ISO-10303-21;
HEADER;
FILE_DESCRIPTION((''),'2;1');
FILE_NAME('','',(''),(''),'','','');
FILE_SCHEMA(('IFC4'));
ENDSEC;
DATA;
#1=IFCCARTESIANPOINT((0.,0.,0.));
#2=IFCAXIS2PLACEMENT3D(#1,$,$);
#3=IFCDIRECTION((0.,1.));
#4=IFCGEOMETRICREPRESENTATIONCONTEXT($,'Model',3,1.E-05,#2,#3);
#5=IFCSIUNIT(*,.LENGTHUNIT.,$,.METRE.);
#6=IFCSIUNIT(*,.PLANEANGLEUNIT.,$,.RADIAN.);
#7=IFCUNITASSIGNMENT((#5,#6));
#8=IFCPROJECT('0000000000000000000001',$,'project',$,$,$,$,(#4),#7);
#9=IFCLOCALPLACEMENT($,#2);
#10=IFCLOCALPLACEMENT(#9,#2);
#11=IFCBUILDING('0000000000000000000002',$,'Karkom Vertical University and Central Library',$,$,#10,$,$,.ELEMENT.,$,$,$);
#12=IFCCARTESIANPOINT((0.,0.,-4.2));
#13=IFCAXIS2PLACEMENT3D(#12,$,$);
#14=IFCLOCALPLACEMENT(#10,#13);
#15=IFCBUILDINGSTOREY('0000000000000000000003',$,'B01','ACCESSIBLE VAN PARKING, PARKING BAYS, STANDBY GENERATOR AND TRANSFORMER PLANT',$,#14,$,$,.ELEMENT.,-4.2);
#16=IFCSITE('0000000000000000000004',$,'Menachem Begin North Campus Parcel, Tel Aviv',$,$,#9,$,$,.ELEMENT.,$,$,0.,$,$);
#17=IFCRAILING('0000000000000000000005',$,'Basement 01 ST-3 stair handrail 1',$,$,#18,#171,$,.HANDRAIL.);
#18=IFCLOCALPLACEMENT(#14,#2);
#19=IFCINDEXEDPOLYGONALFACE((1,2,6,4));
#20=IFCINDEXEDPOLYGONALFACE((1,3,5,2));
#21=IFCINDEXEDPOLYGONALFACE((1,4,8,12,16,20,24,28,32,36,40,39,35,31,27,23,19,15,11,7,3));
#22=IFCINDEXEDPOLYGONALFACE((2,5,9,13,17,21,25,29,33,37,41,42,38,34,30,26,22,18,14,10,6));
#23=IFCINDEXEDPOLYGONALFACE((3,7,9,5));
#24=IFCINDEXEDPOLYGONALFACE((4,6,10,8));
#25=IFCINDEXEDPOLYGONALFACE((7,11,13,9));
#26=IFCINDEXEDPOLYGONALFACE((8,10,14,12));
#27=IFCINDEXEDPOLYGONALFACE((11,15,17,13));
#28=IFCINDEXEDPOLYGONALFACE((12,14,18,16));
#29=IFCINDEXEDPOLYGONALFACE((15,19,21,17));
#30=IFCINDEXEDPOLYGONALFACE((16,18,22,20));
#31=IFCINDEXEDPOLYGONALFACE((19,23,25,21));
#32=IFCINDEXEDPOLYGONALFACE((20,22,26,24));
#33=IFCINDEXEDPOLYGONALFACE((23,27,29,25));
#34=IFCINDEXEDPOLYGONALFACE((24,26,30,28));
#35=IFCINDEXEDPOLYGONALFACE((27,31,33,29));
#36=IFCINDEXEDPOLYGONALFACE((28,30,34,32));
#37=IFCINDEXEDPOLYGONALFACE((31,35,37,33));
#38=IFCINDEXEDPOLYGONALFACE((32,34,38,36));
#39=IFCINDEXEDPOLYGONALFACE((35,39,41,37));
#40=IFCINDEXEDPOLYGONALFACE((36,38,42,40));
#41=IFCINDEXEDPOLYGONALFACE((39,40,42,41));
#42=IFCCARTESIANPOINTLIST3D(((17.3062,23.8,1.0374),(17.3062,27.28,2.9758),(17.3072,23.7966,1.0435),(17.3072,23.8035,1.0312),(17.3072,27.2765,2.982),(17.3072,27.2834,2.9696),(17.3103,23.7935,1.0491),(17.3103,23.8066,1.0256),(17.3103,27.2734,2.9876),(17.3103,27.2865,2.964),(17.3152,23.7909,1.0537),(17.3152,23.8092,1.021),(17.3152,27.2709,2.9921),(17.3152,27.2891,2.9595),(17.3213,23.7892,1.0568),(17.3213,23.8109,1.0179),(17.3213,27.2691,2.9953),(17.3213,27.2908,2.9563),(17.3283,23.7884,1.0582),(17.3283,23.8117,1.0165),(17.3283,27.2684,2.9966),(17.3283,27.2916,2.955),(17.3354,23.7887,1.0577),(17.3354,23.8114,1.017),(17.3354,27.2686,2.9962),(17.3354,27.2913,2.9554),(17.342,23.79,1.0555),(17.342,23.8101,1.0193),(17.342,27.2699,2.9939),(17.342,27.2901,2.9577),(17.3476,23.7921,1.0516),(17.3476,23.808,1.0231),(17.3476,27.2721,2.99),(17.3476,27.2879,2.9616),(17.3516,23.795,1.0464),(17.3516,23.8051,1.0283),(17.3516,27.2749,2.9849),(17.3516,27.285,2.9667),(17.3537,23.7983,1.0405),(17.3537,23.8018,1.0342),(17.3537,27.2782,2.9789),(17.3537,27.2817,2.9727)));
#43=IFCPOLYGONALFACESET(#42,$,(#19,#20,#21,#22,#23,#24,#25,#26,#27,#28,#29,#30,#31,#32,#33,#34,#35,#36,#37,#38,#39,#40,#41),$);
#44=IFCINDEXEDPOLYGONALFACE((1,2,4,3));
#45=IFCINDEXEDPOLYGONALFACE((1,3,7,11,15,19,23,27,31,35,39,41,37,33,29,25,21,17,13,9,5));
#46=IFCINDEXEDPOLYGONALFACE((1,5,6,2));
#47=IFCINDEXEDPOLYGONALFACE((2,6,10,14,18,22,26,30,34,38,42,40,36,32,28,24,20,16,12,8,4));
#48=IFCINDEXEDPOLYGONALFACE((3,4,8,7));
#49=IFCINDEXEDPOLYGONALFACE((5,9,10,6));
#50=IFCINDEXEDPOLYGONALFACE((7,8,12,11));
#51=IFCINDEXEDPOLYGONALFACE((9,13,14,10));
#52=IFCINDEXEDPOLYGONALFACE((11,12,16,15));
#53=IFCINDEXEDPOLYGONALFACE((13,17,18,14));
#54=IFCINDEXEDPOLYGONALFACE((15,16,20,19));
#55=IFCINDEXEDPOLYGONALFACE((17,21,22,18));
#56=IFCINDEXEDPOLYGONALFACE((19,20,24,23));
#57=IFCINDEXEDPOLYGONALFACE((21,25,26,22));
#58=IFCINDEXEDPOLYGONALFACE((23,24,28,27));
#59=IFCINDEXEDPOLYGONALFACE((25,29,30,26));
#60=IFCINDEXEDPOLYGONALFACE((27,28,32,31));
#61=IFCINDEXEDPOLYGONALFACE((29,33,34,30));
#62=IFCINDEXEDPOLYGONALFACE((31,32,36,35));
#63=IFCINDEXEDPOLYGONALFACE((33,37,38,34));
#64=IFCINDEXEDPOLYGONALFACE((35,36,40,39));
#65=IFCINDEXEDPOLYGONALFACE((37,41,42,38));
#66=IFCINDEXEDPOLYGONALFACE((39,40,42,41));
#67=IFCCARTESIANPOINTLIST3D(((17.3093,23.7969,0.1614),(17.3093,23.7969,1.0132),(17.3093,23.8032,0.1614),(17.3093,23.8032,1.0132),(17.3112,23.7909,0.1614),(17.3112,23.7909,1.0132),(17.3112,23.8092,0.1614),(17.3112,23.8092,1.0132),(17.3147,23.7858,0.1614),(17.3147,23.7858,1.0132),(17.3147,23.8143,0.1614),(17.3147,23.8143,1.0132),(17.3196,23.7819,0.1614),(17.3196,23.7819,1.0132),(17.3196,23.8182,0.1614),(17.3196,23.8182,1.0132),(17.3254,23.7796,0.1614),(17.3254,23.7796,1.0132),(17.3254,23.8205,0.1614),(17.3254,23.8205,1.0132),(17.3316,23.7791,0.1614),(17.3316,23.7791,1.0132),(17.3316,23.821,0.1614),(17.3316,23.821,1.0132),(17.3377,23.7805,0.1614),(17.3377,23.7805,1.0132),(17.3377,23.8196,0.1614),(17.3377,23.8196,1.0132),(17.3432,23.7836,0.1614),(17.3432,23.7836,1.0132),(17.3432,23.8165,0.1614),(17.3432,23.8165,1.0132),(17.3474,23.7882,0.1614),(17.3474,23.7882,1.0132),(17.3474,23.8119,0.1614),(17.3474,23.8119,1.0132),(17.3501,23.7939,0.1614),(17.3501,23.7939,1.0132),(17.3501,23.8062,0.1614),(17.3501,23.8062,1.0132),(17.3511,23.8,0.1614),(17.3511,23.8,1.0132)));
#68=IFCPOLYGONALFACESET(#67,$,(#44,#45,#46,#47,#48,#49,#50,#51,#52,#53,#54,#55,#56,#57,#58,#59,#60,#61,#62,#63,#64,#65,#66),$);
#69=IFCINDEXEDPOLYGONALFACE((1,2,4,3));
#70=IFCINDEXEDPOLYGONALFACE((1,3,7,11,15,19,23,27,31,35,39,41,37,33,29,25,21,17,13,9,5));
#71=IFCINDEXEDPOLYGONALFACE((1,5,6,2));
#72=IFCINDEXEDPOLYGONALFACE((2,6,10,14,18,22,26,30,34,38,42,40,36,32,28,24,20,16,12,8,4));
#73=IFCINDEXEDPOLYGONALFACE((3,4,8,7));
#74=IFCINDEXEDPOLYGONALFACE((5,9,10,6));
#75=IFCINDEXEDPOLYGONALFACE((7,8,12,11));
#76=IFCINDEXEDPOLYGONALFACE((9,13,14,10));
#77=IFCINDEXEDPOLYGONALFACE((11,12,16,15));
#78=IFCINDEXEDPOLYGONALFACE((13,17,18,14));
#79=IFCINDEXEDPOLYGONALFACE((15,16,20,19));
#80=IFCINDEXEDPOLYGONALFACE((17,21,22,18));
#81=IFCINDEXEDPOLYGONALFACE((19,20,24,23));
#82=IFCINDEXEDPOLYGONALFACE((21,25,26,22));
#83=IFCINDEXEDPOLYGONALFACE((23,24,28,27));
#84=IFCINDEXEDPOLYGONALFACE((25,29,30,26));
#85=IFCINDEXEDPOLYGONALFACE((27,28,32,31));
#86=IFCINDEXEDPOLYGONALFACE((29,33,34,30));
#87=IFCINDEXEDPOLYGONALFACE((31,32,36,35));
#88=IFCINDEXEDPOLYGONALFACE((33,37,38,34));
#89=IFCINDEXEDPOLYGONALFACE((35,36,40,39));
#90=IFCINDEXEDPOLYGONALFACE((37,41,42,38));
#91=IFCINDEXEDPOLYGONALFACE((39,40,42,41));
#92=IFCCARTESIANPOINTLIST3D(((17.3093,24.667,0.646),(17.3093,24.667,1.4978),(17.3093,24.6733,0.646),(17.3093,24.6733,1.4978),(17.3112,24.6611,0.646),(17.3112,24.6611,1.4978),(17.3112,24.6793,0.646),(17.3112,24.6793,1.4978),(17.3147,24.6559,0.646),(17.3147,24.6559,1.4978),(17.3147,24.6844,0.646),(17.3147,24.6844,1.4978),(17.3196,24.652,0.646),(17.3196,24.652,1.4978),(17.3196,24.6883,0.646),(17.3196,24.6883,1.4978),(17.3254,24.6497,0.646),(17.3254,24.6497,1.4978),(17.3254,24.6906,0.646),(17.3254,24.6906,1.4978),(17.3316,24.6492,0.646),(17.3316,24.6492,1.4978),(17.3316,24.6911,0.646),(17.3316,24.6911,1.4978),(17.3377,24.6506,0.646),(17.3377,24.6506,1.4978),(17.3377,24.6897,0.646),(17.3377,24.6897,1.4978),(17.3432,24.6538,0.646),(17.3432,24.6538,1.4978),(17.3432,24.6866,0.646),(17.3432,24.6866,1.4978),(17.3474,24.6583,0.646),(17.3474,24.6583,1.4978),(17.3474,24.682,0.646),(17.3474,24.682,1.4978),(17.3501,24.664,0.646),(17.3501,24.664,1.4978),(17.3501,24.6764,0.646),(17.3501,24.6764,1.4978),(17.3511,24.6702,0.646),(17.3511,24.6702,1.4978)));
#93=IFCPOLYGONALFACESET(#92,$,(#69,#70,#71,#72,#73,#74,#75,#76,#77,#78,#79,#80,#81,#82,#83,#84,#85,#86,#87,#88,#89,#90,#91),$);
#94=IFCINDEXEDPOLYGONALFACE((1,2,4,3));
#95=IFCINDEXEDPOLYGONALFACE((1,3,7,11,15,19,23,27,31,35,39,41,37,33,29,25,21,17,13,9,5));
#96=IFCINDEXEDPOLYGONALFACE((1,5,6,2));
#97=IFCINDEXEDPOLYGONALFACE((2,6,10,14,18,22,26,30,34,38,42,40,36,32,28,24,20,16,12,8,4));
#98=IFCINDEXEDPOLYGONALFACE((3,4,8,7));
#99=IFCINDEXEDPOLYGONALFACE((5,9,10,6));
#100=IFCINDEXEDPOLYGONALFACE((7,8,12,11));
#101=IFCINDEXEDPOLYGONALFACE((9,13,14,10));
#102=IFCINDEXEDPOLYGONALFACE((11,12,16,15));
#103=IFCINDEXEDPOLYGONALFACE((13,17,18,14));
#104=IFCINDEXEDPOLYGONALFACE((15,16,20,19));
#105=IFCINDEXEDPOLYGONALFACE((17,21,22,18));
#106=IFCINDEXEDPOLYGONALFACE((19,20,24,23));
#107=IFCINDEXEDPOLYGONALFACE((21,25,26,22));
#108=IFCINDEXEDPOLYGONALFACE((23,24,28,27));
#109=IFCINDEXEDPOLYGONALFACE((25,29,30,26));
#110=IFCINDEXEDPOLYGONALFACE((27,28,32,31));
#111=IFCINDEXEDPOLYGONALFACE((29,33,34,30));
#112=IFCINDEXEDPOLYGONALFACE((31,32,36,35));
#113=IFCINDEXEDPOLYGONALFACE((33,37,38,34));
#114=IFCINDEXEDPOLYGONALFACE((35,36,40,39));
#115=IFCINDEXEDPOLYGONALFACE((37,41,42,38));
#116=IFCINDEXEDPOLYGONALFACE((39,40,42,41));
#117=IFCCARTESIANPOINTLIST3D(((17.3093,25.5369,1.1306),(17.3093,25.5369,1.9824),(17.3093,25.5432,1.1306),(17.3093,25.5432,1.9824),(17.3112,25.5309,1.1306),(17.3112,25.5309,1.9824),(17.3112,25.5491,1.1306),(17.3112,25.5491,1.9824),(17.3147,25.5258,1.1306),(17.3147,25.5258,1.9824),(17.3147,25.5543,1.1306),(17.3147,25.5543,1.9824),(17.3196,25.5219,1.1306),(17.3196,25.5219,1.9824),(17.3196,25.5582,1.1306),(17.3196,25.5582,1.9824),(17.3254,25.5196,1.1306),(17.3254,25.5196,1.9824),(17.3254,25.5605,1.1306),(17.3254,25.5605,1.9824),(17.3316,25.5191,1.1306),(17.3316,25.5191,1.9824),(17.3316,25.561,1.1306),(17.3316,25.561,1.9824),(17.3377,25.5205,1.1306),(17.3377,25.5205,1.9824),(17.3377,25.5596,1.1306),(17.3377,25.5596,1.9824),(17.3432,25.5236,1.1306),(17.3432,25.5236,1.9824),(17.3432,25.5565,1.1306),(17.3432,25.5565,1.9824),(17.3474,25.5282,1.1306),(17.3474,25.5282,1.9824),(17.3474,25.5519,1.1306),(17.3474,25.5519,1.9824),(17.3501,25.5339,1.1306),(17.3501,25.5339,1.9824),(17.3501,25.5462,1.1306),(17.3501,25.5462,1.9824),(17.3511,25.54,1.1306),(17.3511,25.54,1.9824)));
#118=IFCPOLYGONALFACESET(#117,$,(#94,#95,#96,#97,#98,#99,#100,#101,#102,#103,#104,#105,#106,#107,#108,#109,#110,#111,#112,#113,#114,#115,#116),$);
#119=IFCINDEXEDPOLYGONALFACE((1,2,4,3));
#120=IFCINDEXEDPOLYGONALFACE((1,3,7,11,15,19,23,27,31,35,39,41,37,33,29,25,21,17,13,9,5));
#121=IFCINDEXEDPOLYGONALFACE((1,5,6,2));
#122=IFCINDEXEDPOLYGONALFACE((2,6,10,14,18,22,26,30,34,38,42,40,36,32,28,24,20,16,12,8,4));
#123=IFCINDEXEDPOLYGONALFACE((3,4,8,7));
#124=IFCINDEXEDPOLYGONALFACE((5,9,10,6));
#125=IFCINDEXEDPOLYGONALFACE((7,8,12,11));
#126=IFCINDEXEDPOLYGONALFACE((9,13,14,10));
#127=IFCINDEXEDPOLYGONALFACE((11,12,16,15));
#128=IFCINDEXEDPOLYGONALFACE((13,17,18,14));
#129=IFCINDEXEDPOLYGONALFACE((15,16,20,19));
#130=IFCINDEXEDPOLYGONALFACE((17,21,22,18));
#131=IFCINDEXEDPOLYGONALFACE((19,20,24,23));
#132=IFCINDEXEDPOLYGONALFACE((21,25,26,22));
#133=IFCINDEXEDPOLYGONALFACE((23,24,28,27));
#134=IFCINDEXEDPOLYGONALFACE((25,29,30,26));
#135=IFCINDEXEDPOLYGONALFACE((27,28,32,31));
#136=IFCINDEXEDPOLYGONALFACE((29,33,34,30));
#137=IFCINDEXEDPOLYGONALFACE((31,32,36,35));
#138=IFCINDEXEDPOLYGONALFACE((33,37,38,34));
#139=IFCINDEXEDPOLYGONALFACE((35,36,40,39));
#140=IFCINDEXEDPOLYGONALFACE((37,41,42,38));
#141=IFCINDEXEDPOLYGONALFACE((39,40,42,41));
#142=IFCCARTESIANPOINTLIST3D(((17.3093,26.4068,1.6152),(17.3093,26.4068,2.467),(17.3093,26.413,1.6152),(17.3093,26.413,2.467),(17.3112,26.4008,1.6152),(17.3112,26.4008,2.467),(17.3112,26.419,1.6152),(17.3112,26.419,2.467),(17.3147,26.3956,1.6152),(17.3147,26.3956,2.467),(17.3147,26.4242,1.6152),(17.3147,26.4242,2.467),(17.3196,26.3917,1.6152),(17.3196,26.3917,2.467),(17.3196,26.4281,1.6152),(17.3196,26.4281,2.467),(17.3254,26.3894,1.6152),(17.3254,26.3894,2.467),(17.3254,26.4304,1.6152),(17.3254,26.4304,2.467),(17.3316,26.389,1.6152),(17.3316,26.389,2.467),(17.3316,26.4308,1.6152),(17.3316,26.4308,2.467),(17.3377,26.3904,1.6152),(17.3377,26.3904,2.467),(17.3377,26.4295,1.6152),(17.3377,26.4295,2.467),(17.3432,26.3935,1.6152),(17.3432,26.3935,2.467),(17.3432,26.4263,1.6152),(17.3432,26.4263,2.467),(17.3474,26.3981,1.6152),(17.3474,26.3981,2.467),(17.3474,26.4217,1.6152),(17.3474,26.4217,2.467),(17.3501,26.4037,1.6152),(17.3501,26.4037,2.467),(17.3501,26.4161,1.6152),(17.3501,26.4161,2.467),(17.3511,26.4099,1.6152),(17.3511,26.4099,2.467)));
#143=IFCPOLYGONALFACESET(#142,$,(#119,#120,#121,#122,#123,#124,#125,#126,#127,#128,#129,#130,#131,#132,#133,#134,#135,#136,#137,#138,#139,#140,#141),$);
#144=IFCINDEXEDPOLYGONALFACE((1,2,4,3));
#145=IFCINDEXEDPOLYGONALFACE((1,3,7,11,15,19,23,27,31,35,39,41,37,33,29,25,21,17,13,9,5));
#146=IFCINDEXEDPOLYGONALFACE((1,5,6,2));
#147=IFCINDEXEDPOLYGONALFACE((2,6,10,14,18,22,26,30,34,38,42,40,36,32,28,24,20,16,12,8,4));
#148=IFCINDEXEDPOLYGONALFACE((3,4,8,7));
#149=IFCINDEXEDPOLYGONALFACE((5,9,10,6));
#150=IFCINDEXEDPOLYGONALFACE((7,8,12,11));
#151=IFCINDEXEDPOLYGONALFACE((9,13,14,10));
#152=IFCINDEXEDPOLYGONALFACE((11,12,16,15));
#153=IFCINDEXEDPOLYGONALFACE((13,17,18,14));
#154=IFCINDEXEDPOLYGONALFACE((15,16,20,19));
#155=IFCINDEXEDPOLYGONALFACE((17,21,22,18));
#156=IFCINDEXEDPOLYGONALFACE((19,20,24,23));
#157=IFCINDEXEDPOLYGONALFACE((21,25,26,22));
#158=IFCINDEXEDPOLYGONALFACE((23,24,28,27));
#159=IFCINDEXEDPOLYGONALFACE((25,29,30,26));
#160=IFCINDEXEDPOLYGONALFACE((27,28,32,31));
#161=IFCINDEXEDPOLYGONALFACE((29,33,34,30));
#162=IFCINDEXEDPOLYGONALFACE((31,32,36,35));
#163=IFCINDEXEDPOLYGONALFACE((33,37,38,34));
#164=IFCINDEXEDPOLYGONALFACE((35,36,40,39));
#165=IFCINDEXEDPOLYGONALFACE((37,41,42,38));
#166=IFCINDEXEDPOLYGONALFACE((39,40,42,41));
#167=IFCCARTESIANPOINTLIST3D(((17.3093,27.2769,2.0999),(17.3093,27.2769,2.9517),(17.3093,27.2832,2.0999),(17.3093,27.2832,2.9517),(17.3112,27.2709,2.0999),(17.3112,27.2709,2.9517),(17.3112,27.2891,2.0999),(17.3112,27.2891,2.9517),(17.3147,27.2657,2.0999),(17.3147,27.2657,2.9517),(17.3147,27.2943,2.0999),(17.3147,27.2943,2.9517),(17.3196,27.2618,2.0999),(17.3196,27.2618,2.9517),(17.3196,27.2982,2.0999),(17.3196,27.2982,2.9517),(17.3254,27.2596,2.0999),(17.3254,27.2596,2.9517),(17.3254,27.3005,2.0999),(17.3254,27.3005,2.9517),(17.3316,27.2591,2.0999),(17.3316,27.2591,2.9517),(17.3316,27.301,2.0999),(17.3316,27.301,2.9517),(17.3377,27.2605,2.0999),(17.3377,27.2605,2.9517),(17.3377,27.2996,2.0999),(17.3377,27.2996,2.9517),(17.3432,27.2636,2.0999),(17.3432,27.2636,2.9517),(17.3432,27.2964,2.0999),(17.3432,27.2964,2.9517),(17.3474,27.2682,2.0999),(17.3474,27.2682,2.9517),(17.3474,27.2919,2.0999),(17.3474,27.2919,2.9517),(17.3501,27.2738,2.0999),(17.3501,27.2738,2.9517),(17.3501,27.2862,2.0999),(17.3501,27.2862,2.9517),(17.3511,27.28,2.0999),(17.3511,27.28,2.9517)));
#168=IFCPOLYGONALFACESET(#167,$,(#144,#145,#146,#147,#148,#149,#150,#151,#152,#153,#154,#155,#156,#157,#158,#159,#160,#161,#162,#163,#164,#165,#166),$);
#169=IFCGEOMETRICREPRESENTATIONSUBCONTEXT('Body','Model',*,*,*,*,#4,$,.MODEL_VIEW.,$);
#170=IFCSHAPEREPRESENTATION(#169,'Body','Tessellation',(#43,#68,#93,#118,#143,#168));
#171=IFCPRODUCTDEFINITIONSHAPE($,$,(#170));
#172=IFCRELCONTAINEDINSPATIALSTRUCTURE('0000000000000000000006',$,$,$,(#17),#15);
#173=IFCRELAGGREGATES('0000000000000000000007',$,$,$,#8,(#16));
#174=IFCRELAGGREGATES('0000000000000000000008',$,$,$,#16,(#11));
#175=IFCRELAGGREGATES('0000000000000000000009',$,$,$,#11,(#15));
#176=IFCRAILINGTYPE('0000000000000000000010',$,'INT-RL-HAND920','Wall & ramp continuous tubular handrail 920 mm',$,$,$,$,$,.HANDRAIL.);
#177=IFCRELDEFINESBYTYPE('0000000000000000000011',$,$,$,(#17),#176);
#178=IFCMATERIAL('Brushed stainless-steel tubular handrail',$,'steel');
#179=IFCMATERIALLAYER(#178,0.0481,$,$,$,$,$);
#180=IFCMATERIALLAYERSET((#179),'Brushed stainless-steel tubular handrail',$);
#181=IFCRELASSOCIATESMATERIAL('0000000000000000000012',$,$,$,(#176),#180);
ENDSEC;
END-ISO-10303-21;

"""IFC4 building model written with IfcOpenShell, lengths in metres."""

from ifc_helpers import new_model, si_unit, direction, frame, origin, origin_2d, place, context, subcontext, project, spatial, circle, extrude, material, layer, layer_set, type_object, element, save


model = new_model("IFC4")

# Units and contexts
model_context = context("Model", 3, precision=1e-05, world=origin(), true_north=direction((0.0, 1.0)))
body_context = subcontext(model_context, "Body", "Model", "MODEL_VIEW")
ifc_project = project(units=[si_unit("LENGTHUNIT", "METRE"), si_unit("PLANEANGLEUNIT", "RADIAN")], contexts=[model_context])

# Site, building, storey
site_placement = place(None, origin())
site = spatial("IfcSite", under=ifc_project, at=site_placement, Name="Menachem Begin North Campus Parcel, Tel Aviv", CompositionType="ELEMENT", RefElevation=0.0)
building_placement = place(site_placement, origin())
building = spatial("IfcBuilding", under=site, at=building_placement, Name="Karkom Vertical University and Central Library", CompositionType="ELEMENT")
storey_placement = place(building_placement, frame((0.0, 0.0, -4.2)))
storey = spatial("IfcBuildingStorey", under=building, at=storey_placement, Name="B01", Description="ACCESSIBLE VAN PARKING, PARKING BAYS, STANDBY GENERATOR AND TRANSFORMER PLANT", CompositionType="ELEMENT", Elevation=-4.2)

# Railing
ifc_material_1 = material(Name="Brushed stainless-steel tubular handrail", Category="steel")
ifc_layer_1 = layer(ifc_material_1, 0.0481)
ifc_layer_set_1 = layer_set([ifc_layer_1], Name="Brushed stainless-steel tubular handrail")
railing_type_1 = type_object("IfcRailingType", Name="INT-RL-HAND920", Description="Wall & ramp continuous tubular handrail 920 mm", PredefinedType="HANDRAIL", material=ifc_layer_set_1)
railing_1_placement = place(storey_placement, frame((17.3301, 23.8, 0.1614)))
element("IfcRailing", 1, at=railing_1_placement, inside=storey, type_object=railing_type_1, Name="Basement 01 ST-3 stair handrail 1", PredefinedType="HANDRAIL", context=body_context, shape_type="SweptSolid", body=[
    extrude(circle(Radius=0.0239, at=origin_2d()), frame((0.0, 0.0, 0.876), z_axis=(0.0, 0.873607, 0.486631), x_axis=(-1.0, 0.0, 0.0)), (0.0, 0.0, 1.0), 3.9834),
    extrude(circle(Radius=0.021, at=origin_2d()), origin(), (0.0, 0.0, 1.0), 0.8518),
    extrude(circle(Radius=0.021, at=origin_2d()), frame((0.0, 0.8701, 0.4846)), (0.0, 0.0, 1.0), 0.8518),
    extrude(circle(Radius=0.021, at=origin_2d()), frame((0.0, 1.74, 0.9692)), (0.0, 0.0, 1.0), 0.8518),
    extrude(circle(Radius=0.021, at=origin_2d()), frame((0.0, 2.6099, 1.4539)), (0.0, 0.0, 1.0), 0.8518),
    extrude(circle(Radius=0.021, at=origin_2d()), frame((0.0, 3.48, 1.9385)), (0.0, 0.0, 1.0), 0.8518),
])

save(model, "model.ifc")
